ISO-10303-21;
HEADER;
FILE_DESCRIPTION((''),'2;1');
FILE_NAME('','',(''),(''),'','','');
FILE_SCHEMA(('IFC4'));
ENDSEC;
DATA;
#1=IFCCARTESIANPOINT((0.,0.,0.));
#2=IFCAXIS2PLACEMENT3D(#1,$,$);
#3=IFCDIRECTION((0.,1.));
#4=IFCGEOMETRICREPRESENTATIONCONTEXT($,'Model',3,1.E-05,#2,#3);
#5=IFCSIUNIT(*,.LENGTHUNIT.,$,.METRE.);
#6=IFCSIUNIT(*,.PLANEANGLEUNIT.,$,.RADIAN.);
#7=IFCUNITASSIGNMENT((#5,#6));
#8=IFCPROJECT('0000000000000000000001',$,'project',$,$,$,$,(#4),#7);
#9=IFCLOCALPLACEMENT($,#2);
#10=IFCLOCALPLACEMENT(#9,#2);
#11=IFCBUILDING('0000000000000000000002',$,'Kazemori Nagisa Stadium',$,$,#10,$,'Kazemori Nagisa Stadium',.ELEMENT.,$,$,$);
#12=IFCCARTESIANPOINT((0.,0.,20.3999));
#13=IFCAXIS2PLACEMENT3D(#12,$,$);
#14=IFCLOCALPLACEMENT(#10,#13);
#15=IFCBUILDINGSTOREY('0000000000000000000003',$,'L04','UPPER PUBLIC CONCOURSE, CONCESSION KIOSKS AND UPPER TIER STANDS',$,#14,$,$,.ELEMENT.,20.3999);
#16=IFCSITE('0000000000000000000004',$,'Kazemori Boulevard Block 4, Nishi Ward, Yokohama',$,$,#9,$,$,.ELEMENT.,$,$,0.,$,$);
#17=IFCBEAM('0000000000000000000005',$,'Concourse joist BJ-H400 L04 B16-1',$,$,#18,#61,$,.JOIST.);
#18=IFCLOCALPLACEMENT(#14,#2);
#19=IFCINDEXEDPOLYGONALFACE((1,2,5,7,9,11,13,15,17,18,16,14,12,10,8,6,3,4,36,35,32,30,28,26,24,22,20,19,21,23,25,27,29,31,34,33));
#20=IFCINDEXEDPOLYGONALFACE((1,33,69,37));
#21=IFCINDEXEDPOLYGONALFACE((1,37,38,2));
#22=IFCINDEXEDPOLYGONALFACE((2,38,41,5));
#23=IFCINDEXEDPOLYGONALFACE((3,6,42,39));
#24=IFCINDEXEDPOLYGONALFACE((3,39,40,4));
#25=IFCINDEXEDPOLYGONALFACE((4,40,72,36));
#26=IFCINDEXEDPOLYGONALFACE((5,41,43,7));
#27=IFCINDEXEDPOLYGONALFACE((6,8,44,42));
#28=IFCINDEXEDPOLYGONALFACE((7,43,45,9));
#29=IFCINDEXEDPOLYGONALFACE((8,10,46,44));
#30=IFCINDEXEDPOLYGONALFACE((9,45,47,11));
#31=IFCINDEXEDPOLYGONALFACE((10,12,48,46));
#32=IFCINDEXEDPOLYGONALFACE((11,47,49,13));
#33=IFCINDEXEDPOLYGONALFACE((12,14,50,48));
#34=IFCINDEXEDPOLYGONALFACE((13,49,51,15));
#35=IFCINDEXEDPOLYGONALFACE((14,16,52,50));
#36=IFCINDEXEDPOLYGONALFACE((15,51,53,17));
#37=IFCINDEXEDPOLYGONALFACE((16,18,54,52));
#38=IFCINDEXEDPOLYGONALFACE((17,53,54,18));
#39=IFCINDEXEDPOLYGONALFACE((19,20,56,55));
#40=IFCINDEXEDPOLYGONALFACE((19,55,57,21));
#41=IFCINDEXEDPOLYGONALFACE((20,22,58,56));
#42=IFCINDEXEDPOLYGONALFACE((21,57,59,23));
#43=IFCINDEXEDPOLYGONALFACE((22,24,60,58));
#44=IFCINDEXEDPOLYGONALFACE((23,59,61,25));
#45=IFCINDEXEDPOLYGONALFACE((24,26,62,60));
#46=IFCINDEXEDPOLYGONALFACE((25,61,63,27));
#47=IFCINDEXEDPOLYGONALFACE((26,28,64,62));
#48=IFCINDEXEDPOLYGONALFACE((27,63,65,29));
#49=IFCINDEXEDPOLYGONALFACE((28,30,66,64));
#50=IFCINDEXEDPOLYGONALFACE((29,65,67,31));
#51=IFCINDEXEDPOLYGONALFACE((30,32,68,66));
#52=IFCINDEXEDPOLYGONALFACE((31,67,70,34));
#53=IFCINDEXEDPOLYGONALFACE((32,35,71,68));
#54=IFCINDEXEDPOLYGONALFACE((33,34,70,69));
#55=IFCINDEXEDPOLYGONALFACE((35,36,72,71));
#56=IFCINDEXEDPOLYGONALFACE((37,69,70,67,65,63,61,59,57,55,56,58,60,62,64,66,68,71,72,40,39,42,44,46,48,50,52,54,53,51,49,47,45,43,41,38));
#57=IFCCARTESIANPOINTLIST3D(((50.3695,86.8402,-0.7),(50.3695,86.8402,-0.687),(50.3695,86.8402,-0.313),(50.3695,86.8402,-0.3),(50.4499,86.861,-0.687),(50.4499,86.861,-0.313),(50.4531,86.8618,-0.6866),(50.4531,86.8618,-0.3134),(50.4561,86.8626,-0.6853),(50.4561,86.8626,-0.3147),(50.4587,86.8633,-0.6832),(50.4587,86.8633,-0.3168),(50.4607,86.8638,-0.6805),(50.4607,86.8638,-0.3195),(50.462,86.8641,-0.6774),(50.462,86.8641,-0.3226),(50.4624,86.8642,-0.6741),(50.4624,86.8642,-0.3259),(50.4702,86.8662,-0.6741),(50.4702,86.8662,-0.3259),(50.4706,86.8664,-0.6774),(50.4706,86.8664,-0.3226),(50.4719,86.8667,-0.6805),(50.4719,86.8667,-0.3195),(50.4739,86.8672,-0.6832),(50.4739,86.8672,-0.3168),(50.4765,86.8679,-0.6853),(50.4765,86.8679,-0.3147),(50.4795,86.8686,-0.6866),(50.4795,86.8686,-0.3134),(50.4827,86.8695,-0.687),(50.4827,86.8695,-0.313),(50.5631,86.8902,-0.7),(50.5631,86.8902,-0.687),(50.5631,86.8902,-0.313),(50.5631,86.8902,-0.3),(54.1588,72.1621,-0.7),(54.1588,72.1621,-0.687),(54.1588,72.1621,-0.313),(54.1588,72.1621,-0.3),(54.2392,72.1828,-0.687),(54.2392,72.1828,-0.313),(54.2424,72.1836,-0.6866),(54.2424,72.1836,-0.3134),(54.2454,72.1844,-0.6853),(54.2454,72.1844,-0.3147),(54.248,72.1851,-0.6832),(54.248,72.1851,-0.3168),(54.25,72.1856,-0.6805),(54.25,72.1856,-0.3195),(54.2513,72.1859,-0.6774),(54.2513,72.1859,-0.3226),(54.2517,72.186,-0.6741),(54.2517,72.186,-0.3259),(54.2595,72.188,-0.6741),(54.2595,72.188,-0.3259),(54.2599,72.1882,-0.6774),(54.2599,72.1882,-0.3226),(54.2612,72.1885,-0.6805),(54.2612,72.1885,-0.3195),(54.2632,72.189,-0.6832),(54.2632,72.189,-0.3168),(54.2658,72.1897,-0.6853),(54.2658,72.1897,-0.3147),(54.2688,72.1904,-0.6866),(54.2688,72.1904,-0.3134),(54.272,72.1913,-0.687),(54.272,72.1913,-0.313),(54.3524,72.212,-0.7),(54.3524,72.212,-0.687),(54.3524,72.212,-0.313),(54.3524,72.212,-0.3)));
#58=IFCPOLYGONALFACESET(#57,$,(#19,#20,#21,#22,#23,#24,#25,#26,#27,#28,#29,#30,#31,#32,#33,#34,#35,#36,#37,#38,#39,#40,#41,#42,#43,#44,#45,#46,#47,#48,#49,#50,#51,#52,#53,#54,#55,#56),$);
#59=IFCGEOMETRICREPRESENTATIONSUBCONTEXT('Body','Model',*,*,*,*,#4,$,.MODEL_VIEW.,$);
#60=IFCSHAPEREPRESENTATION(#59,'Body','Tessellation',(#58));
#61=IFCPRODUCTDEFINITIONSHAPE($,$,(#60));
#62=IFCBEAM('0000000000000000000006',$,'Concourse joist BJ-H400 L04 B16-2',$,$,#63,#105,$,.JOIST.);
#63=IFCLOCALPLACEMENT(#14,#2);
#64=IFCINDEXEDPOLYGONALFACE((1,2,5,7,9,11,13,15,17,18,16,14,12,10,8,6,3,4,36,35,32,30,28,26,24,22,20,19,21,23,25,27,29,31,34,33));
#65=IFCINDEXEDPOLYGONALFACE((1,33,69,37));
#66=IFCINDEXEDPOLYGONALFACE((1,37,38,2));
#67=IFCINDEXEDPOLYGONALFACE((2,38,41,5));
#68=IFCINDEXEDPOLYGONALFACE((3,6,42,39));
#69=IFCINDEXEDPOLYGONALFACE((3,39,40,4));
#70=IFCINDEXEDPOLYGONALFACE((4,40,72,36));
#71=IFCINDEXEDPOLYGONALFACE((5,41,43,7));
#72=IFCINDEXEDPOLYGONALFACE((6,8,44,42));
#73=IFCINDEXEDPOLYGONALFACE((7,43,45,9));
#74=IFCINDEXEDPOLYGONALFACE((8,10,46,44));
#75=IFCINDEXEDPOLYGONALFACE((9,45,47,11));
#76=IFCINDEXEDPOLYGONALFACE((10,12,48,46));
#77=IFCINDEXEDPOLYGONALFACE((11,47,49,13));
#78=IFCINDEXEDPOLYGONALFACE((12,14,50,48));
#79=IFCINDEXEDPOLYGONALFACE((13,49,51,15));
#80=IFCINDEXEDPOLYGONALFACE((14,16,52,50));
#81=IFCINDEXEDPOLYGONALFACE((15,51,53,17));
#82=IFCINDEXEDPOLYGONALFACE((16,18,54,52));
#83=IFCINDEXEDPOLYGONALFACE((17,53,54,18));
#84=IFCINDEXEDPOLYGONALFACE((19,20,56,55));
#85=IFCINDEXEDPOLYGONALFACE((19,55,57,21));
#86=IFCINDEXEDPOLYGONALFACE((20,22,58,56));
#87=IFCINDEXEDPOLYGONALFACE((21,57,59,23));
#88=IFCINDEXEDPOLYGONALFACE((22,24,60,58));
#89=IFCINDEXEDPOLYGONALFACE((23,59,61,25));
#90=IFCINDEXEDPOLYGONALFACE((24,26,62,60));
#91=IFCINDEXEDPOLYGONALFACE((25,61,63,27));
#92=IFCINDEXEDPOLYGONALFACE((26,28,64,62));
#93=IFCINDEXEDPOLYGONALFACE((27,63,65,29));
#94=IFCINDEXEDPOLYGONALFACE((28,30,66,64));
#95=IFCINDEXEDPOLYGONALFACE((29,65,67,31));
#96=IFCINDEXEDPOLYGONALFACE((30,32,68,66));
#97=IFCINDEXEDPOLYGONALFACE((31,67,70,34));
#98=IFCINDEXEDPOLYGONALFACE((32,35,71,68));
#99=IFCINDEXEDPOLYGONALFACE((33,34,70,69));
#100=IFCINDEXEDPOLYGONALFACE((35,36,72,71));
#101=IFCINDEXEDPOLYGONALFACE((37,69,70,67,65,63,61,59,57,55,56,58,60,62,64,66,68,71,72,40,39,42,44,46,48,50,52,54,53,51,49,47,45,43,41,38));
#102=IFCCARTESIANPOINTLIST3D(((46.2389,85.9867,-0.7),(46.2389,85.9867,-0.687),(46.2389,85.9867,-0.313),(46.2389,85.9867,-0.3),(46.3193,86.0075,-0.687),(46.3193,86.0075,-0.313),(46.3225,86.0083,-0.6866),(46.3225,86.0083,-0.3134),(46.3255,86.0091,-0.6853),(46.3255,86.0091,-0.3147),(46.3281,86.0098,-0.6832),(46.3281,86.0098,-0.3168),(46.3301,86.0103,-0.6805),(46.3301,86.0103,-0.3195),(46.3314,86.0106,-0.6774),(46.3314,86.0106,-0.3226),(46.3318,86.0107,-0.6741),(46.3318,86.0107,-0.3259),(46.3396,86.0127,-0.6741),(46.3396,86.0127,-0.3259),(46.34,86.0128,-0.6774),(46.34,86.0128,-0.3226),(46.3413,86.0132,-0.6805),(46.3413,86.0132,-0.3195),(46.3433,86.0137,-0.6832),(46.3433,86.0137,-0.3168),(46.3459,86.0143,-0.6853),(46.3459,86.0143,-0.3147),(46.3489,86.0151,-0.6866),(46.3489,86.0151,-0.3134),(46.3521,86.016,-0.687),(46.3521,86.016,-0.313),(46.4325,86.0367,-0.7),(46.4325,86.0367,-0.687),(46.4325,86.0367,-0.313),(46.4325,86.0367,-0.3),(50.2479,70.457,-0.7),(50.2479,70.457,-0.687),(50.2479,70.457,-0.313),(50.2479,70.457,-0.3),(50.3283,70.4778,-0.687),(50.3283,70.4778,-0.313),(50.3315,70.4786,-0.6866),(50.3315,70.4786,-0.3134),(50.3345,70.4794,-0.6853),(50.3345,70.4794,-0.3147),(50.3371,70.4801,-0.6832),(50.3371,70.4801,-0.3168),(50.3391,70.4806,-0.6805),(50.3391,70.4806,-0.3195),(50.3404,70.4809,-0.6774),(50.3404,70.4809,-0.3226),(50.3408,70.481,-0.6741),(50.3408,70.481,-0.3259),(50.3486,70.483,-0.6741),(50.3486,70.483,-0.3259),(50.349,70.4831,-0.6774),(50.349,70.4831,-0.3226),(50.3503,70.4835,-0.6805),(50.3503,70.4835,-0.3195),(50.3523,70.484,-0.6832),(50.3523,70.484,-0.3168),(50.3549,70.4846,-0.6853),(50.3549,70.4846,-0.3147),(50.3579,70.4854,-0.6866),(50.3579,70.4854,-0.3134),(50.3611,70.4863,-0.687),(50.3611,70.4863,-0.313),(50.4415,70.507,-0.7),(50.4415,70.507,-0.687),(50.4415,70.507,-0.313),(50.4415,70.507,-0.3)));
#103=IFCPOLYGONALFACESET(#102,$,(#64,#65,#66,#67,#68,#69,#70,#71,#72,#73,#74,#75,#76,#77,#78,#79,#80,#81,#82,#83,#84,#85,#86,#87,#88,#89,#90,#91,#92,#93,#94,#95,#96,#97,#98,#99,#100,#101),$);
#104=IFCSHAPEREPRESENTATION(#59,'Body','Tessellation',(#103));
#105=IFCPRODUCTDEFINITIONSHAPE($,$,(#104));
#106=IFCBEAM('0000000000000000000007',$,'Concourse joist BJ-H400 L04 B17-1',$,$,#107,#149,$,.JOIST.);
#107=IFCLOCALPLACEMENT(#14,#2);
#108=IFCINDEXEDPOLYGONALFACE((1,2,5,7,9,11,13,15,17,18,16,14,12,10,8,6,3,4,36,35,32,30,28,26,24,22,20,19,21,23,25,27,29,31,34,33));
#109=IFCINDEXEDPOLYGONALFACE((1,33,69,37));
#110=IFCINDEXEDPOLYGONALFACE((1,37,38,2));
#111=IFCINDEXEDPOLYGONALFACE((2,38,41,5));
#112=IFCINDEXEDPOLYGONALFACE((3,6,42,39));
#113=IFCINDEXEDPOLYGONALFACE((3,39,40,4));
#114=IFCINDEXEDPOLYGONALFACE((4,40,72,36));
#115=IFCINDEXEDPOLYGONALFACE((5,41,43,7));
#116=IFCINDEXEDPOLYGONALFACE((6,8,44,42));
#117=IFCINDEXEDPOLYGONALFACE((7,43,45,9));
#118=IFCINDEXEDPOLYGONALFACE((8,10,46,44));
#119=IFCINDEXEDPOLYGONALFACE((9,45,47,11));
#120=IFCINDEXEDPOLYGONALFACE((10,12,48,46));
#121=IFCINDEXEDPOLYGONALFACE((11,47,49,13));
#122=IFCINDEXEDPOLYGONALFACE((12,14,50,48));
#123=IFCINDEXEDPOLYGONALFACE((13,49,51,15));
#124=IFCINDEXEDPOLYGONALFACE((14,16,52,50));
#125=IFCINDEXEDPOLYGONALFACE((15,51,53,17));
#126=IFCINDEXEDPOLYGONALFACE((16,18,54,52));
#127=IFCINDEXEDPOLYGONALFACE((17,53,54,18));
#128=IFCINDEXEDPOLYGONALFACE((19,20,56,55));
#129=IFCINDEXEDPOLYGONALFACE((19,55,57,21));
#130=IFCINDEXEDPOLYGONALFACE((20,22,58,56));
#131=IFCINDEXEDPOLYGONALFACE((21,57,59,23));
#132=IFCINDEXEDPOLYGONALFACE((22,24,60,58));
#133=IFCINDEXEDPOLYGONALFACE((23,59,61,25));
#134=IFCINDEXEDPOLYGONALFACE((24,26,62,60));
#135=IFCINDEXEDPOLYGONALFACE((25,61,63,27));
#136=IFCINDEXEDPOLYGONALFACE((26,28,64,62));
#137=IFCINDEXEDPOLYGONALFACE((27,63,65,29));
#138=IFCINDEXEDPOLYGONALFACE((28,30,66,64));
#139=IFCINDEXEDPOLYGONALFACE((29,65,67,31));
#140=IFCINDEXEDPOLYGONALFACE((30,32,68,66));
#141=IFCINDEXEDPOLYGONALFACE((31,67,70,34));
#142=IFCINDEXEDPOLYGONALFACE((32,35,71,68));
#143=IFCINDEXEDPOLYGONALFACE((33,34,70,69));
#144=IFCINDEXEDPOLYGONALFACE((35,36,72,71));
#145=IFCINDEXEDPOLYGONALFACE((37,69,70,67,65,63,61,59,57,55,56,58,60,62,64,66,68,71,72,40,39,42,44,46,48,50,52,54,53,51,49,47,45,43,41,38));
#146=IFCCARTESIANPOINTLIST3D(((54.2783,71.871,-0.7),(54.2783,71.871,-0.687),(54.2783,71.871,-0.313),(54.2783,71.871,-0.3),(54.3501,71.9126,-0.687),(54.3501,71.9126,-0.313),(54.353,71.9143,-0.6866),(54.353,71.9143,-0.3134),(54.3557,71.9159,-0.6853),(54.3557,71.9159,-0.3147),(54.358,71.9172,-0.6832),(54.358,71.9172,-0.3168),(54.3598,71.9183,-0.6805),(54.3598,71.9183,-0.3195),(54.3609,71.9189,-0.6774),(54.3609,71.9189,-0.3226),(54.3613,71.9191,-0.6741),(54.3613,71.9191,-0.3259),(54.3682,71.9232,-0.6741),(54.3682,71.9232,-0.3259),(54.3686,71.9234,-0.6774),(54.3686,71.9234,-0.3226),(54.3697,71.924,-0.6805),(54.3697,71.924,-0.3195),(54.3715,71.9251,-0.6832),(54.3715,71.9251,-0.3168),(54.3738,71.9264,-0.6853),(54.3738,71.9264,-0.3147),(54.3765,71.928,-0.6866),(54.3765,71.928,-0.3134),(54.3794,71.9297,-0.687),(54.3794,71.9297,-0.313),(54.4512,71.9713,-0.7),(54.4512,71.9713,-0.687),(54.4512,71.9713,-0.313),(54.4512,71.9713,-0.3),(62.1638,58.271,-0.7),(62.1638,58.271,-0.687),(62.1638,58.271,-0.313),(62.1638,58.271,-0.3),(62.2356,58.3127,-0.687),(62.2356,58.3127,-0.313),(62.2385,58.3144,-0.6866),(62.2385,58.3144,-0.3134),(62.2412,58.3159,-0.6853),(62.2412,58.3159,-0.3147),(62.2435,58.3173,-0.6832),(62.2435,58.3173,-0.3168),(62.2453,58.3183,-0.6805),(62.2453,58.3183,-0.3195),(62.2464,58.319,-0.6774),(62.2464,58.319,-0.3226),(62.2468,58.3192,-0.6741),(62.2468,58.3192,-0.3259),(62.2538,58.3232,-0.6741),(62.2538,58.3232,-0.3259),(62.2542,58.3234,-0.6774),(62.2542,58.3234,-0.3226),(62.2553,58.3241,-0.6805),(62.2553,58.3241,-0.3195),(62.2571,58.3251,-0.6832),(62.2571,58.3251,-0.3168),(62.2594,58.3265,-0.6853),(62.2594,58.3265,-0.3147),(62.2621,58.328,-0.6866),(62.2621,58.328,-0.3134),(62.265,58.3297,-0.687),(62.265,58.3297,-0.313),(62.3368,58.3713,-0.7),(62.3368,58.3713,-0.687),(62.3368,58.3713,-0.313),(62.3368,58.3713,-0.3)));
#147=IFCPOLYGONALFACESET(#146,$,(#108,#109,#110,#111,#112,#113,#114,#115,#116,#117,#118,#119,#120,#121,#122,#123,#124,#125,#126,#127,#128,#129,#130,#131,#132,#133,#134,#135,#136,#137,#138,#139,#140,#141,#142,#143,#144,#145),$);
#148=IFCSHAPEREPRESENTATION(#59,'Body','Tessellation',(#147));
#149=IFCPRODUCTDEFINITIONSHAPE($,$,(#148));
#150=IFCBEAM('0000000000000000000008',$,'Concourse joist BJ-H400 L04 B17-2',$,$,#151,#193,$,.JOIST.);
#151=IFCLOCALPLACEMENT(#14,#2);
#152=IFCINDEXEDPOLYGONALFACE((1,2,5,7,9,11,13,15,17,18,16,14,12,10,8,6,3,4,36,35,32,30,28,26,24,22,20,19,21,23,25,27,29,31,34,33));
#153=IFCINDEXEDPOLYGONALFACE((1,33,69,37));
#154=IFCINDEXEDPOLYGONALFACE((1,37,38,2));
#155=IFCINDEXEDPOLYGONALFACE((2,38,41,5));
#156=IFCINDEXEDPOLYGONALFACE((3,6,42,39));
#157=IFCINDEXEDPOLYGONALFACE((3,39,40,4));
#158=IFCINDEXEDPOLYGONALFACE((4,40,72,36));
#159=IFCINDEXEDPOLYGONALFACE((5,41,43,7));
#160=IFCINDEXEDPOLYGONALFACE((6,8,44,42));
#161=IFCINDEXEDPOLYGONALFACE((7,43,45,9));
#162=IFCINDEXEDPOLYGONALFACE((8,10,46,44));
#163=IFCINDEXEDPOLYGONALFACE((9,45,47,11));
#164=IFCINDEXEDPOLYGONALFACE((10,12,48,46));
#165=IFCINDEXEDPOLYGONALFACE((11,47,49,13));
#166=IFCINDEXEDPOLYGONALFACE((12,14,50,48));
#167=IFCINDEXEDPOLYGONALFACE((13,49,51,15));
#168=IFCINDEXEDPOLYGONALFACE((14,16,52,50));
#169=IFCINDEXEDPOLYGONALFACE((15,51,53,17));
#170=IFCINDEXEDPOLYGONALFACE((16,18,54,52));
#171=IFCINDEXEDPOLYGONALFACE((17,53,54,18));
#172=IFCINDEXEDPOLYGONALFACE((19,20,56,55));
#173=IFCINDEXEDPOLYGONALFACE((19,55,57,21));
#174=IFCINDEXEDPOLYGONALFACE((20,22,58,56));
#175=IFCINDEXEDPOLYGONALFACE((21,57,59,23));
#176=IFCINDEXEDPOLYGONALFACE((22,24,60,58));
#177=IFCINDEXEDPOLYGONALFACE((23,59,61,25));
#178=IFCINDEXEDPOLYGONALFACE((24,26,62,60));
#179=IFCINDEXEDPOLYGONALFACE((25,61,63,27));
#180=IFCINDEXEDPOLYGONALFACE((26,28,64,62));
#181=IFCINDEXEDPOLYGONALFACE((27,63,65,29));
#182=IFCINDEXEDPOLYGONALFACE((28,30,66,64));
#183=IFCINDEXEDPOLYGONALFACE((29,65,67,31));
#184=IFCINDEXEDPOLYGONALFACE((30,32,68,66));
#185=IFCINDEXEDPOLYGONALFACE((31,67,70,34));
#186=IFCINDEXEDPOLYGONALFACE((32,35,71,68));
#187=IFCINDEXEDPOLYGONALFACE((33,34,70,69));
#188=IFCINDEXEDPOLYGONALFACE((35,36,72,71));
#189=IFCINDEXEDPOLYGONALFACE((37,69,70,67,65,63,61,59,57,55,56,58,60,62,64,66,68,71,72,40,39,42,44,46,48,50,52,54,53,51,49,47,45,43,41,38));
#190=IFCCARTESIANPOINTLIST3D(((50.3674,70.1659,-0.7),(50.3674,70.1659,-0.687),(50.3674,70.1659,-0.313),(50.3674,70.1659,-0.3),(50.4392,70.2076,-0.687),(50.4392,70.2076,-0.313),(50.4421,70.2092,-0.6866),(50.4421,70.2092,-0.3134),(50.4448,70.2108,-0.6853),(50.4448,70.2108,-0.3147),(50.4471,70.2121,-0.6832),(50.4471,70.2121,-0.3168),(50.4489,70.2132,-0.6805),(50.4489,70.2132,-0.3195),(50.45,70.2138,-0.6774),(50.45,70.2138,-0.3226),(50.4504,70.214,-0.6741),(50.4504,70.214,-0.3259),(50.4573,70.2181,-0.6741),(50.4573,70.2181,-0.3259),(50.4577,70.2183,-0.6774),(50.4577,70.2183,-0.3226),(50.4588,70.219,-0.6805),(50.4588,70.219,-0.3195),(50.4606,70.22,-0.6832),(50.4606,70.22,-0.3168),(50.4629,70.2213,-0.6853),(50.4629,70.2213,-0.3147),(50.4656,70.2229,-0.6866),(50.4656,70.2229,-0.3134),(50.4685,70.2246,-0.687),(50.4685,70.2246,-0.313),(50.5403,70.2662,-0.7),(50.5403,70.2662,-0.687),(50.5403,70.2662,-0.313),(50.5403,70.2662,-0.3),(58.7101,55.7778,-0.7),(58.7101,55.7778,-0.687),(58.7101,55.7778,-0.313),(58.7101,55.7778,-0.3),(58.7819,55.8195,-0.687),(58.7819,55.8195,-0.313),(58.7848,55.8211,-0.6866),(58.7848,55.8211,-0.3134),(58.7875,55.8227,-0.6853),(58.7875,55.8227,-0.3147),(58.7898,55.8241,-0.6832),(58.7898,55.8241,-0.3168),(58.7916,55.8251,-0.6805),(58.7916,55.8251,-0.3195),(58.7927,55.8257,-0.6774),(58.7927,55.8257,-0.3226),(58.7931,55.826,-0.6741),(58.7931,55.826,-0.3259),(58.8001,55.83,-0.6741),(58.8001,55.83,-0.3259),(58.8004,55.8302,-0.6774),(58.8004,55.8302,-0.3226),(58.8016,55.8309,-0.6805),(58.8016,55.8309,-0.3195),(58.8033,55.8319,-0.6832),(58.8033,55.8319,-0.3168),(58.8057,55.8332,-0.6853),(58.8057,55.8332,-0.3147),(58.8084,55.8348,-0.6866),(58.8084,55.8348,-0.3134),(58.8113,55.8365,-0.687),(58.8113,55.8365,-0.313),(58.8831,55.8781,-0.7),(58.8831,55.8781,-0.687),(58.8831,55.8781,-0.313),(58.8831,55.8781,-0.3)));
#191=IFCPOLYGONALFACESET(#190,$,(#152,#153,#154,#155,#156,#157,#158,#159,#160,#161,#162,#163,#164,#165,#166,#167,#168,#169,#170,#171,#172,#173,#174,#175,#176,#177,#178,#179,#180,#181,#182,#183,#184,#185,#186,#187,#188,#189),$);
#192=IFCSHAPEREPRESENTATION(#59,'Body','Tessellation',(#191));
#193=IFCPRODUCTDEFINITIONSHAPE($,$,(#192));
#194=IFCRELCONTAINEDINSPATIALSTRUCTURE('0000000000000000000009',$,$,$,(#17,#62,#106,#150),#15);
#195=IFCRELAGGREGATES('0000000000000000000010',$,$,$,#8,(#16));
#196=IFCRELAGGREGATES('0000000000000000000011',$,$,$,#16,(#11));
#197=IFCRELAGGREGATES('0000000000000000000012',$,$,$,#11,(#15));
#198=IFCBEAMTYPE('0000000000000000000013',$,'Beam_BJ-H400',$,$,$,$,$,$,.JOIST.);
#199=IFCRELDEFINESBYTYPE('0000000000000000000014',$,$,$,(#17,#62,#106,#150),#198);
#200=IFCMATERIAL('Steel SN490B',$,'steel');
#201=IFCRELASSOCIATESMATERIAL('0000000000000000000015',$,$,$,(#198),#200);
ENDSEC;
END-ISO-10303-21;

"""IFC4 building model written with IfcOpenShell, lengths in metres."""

from ifc_helpers import new_model, si_unit, direction, frame, origin, origin_2d, place, context, subcontext, project, spatial, i_section, extrude, material, material_profile, profile_set, type_object, element, save


model = new_model("IFC4")

# Units and contexts
model_context = context("Model", 3, precision=1e-05, world=origin(), true_north=direction((0.0, 1.0)))
body_context = subcontext(model_context, "Body", "Model", "MODEL_VIEW")
ifc_project = project(units=[si_unit("LENGTHUNIT", "METRE"), si_unit("PLANEANGLEUNIT", "RADIAN")], contexts=[model_context])

# Site, building, storey
site_placement = place(None, origin())
site = spatial("IfcSite", under=ifc_project, at=site_placement, Name="Kazemori Boulevard Block 4, Nishi Ward, Yokohama", CompositionType="ELEMENT", RefElevation=0.0)
building_placement = place(site_placement, origin())
building = spatial("IfcBuilding", under=site, at=building_placement, Name="Kazemori Nagisa Stadium", LongName="Kazemori Nagisa Stadium", CompositionType="ELEMENT")
storey_placement = place(building_placement, frame((0.0, 0.0, 20.3999)))
storey = spatial("IfcBuildingStorey", under=building, at=storey_placement, Name="L04", Description="UPPER PUBLIC CONCOURSE, CONCESSION KIOSKS AND UPPER TIER STANDS", CompositionType="ELEMENT", Elevation=20.3999)

# Beams
ifc_material_1 = material(Name="Steel SN490B", Category="steel")
ifc_material_profile_1 = material_profile(ifc_material_1, i_section(OverallWidth=0.2, OverallDepth=0.3999, WebThickness=0.0081, FlangeThickness=0.0129, FilletRadius=0.0129, at=origin_2d()), Name="H-400x200x8x13")
ifc_profile_set_1 = profile_set([ifc_material_profile_1], Name="Steel SN490B")
beam_type_1 = type_object("IfcBeamType", Name="Beam_BJ-H400", PredefinedType="JOIST", material=ifc_profile_set_1)
beam_1_placement = place(storey_placement, frame((50.4663, 86.8652, -0.5), z_axis=(0.249963, -0.968255, 0.0), x_axis=(0.968255, 0.249963, 0.0)))
element("IfcBeam", 1, at=beam_1_placement, inside=storey, type_object=beam_type_1, Name="Concourse joist BJ-H400 L04 B16-1", PredefinedType="JOIST", context=body_context, shape_type="SweptSolid", body=[
    extrude(i_section(OverallWidth=0.2, OverallDepth=0.3999, WebThickness=0.0081, FlangeThickness=0.0129, FilletRadius=0.0129, at=origin_2d()), origin(), (0.0, 0.0, 1.0), 15.1594),
])
beam_2_placement = place(storey_placement, frame((46.3357, 86.0117, -0.5), z_axis=(0.249957, -0.968257, 0.0), x_axis=(0.968257, 0.249957, 0.0)))
element("IfcBeam", 2, at=beam_2_placement, inside=storey, type_object=beam_type_1, Name="Concourse joist BJ-H400 L04 B16-2", PredefinedType="JOIST", context=body_context, shape_type="SweptSolid", body=[
    extrude(i_section(OverallWidth=0.2, OverallDepth=0.3999, WebThickness=0.0081, FlangeThickness=0.0129, FilletRadius=0.0129, at=origin_2d()), origin(), (0.0, 0.0, 1.0), 16.0388),
])
beam_3_placement = place(storey_placement, frame((54.3647, 71.9211, -0.5), z_axis=(0.501603, -0.865098, 0.0), x_axis=(0.865098, 0.501603, 0.0)))
element("IfcBeam", 3, at=beam_3_placement, inside=storey, type_object=beam_type_1, Name="Concourse joist BJ-H400 L04 B17-1", PredefinedType="JOIST", context=body_context, shape_type="SweptSolid", body=[
    extrude(i_section(OverallWidth=0.2, OverallDepth=0.3999, WebThickness=0.0081, FlangeThickness=0.0129, FilletRadius=0.0129, at=origin_2d()), origin(), (0.0, 0.0, 1.0), 15.7207),
])
beam_4_placement = place(storey_placement, frame((50.4539, 70.2161, -0.5), z_axis=(0.501611, -0.865093, 0.0), x_axis=(0.865093, 0.501611, 0.0)))
element("IfcBeam", 4, at=beam_4_placement, inside=storey, type_object=beam_type_1, Name="Concourse joist BJ-H400 L04 B17-2", PredefinedType="JOIST", context=body_context, shape_type="SweptSolid", body=[
    extrude(i_section(OverallWidth=0.2, OverallDepth=0.3999, WebThickness=0.0081, FlangeThickness=0.0129, FilletRadius=0.0129, at=origin_2d()), origin(), (0.0, 0.0, 1.0), 16.6318),
])

save(model, "model.ifc")
